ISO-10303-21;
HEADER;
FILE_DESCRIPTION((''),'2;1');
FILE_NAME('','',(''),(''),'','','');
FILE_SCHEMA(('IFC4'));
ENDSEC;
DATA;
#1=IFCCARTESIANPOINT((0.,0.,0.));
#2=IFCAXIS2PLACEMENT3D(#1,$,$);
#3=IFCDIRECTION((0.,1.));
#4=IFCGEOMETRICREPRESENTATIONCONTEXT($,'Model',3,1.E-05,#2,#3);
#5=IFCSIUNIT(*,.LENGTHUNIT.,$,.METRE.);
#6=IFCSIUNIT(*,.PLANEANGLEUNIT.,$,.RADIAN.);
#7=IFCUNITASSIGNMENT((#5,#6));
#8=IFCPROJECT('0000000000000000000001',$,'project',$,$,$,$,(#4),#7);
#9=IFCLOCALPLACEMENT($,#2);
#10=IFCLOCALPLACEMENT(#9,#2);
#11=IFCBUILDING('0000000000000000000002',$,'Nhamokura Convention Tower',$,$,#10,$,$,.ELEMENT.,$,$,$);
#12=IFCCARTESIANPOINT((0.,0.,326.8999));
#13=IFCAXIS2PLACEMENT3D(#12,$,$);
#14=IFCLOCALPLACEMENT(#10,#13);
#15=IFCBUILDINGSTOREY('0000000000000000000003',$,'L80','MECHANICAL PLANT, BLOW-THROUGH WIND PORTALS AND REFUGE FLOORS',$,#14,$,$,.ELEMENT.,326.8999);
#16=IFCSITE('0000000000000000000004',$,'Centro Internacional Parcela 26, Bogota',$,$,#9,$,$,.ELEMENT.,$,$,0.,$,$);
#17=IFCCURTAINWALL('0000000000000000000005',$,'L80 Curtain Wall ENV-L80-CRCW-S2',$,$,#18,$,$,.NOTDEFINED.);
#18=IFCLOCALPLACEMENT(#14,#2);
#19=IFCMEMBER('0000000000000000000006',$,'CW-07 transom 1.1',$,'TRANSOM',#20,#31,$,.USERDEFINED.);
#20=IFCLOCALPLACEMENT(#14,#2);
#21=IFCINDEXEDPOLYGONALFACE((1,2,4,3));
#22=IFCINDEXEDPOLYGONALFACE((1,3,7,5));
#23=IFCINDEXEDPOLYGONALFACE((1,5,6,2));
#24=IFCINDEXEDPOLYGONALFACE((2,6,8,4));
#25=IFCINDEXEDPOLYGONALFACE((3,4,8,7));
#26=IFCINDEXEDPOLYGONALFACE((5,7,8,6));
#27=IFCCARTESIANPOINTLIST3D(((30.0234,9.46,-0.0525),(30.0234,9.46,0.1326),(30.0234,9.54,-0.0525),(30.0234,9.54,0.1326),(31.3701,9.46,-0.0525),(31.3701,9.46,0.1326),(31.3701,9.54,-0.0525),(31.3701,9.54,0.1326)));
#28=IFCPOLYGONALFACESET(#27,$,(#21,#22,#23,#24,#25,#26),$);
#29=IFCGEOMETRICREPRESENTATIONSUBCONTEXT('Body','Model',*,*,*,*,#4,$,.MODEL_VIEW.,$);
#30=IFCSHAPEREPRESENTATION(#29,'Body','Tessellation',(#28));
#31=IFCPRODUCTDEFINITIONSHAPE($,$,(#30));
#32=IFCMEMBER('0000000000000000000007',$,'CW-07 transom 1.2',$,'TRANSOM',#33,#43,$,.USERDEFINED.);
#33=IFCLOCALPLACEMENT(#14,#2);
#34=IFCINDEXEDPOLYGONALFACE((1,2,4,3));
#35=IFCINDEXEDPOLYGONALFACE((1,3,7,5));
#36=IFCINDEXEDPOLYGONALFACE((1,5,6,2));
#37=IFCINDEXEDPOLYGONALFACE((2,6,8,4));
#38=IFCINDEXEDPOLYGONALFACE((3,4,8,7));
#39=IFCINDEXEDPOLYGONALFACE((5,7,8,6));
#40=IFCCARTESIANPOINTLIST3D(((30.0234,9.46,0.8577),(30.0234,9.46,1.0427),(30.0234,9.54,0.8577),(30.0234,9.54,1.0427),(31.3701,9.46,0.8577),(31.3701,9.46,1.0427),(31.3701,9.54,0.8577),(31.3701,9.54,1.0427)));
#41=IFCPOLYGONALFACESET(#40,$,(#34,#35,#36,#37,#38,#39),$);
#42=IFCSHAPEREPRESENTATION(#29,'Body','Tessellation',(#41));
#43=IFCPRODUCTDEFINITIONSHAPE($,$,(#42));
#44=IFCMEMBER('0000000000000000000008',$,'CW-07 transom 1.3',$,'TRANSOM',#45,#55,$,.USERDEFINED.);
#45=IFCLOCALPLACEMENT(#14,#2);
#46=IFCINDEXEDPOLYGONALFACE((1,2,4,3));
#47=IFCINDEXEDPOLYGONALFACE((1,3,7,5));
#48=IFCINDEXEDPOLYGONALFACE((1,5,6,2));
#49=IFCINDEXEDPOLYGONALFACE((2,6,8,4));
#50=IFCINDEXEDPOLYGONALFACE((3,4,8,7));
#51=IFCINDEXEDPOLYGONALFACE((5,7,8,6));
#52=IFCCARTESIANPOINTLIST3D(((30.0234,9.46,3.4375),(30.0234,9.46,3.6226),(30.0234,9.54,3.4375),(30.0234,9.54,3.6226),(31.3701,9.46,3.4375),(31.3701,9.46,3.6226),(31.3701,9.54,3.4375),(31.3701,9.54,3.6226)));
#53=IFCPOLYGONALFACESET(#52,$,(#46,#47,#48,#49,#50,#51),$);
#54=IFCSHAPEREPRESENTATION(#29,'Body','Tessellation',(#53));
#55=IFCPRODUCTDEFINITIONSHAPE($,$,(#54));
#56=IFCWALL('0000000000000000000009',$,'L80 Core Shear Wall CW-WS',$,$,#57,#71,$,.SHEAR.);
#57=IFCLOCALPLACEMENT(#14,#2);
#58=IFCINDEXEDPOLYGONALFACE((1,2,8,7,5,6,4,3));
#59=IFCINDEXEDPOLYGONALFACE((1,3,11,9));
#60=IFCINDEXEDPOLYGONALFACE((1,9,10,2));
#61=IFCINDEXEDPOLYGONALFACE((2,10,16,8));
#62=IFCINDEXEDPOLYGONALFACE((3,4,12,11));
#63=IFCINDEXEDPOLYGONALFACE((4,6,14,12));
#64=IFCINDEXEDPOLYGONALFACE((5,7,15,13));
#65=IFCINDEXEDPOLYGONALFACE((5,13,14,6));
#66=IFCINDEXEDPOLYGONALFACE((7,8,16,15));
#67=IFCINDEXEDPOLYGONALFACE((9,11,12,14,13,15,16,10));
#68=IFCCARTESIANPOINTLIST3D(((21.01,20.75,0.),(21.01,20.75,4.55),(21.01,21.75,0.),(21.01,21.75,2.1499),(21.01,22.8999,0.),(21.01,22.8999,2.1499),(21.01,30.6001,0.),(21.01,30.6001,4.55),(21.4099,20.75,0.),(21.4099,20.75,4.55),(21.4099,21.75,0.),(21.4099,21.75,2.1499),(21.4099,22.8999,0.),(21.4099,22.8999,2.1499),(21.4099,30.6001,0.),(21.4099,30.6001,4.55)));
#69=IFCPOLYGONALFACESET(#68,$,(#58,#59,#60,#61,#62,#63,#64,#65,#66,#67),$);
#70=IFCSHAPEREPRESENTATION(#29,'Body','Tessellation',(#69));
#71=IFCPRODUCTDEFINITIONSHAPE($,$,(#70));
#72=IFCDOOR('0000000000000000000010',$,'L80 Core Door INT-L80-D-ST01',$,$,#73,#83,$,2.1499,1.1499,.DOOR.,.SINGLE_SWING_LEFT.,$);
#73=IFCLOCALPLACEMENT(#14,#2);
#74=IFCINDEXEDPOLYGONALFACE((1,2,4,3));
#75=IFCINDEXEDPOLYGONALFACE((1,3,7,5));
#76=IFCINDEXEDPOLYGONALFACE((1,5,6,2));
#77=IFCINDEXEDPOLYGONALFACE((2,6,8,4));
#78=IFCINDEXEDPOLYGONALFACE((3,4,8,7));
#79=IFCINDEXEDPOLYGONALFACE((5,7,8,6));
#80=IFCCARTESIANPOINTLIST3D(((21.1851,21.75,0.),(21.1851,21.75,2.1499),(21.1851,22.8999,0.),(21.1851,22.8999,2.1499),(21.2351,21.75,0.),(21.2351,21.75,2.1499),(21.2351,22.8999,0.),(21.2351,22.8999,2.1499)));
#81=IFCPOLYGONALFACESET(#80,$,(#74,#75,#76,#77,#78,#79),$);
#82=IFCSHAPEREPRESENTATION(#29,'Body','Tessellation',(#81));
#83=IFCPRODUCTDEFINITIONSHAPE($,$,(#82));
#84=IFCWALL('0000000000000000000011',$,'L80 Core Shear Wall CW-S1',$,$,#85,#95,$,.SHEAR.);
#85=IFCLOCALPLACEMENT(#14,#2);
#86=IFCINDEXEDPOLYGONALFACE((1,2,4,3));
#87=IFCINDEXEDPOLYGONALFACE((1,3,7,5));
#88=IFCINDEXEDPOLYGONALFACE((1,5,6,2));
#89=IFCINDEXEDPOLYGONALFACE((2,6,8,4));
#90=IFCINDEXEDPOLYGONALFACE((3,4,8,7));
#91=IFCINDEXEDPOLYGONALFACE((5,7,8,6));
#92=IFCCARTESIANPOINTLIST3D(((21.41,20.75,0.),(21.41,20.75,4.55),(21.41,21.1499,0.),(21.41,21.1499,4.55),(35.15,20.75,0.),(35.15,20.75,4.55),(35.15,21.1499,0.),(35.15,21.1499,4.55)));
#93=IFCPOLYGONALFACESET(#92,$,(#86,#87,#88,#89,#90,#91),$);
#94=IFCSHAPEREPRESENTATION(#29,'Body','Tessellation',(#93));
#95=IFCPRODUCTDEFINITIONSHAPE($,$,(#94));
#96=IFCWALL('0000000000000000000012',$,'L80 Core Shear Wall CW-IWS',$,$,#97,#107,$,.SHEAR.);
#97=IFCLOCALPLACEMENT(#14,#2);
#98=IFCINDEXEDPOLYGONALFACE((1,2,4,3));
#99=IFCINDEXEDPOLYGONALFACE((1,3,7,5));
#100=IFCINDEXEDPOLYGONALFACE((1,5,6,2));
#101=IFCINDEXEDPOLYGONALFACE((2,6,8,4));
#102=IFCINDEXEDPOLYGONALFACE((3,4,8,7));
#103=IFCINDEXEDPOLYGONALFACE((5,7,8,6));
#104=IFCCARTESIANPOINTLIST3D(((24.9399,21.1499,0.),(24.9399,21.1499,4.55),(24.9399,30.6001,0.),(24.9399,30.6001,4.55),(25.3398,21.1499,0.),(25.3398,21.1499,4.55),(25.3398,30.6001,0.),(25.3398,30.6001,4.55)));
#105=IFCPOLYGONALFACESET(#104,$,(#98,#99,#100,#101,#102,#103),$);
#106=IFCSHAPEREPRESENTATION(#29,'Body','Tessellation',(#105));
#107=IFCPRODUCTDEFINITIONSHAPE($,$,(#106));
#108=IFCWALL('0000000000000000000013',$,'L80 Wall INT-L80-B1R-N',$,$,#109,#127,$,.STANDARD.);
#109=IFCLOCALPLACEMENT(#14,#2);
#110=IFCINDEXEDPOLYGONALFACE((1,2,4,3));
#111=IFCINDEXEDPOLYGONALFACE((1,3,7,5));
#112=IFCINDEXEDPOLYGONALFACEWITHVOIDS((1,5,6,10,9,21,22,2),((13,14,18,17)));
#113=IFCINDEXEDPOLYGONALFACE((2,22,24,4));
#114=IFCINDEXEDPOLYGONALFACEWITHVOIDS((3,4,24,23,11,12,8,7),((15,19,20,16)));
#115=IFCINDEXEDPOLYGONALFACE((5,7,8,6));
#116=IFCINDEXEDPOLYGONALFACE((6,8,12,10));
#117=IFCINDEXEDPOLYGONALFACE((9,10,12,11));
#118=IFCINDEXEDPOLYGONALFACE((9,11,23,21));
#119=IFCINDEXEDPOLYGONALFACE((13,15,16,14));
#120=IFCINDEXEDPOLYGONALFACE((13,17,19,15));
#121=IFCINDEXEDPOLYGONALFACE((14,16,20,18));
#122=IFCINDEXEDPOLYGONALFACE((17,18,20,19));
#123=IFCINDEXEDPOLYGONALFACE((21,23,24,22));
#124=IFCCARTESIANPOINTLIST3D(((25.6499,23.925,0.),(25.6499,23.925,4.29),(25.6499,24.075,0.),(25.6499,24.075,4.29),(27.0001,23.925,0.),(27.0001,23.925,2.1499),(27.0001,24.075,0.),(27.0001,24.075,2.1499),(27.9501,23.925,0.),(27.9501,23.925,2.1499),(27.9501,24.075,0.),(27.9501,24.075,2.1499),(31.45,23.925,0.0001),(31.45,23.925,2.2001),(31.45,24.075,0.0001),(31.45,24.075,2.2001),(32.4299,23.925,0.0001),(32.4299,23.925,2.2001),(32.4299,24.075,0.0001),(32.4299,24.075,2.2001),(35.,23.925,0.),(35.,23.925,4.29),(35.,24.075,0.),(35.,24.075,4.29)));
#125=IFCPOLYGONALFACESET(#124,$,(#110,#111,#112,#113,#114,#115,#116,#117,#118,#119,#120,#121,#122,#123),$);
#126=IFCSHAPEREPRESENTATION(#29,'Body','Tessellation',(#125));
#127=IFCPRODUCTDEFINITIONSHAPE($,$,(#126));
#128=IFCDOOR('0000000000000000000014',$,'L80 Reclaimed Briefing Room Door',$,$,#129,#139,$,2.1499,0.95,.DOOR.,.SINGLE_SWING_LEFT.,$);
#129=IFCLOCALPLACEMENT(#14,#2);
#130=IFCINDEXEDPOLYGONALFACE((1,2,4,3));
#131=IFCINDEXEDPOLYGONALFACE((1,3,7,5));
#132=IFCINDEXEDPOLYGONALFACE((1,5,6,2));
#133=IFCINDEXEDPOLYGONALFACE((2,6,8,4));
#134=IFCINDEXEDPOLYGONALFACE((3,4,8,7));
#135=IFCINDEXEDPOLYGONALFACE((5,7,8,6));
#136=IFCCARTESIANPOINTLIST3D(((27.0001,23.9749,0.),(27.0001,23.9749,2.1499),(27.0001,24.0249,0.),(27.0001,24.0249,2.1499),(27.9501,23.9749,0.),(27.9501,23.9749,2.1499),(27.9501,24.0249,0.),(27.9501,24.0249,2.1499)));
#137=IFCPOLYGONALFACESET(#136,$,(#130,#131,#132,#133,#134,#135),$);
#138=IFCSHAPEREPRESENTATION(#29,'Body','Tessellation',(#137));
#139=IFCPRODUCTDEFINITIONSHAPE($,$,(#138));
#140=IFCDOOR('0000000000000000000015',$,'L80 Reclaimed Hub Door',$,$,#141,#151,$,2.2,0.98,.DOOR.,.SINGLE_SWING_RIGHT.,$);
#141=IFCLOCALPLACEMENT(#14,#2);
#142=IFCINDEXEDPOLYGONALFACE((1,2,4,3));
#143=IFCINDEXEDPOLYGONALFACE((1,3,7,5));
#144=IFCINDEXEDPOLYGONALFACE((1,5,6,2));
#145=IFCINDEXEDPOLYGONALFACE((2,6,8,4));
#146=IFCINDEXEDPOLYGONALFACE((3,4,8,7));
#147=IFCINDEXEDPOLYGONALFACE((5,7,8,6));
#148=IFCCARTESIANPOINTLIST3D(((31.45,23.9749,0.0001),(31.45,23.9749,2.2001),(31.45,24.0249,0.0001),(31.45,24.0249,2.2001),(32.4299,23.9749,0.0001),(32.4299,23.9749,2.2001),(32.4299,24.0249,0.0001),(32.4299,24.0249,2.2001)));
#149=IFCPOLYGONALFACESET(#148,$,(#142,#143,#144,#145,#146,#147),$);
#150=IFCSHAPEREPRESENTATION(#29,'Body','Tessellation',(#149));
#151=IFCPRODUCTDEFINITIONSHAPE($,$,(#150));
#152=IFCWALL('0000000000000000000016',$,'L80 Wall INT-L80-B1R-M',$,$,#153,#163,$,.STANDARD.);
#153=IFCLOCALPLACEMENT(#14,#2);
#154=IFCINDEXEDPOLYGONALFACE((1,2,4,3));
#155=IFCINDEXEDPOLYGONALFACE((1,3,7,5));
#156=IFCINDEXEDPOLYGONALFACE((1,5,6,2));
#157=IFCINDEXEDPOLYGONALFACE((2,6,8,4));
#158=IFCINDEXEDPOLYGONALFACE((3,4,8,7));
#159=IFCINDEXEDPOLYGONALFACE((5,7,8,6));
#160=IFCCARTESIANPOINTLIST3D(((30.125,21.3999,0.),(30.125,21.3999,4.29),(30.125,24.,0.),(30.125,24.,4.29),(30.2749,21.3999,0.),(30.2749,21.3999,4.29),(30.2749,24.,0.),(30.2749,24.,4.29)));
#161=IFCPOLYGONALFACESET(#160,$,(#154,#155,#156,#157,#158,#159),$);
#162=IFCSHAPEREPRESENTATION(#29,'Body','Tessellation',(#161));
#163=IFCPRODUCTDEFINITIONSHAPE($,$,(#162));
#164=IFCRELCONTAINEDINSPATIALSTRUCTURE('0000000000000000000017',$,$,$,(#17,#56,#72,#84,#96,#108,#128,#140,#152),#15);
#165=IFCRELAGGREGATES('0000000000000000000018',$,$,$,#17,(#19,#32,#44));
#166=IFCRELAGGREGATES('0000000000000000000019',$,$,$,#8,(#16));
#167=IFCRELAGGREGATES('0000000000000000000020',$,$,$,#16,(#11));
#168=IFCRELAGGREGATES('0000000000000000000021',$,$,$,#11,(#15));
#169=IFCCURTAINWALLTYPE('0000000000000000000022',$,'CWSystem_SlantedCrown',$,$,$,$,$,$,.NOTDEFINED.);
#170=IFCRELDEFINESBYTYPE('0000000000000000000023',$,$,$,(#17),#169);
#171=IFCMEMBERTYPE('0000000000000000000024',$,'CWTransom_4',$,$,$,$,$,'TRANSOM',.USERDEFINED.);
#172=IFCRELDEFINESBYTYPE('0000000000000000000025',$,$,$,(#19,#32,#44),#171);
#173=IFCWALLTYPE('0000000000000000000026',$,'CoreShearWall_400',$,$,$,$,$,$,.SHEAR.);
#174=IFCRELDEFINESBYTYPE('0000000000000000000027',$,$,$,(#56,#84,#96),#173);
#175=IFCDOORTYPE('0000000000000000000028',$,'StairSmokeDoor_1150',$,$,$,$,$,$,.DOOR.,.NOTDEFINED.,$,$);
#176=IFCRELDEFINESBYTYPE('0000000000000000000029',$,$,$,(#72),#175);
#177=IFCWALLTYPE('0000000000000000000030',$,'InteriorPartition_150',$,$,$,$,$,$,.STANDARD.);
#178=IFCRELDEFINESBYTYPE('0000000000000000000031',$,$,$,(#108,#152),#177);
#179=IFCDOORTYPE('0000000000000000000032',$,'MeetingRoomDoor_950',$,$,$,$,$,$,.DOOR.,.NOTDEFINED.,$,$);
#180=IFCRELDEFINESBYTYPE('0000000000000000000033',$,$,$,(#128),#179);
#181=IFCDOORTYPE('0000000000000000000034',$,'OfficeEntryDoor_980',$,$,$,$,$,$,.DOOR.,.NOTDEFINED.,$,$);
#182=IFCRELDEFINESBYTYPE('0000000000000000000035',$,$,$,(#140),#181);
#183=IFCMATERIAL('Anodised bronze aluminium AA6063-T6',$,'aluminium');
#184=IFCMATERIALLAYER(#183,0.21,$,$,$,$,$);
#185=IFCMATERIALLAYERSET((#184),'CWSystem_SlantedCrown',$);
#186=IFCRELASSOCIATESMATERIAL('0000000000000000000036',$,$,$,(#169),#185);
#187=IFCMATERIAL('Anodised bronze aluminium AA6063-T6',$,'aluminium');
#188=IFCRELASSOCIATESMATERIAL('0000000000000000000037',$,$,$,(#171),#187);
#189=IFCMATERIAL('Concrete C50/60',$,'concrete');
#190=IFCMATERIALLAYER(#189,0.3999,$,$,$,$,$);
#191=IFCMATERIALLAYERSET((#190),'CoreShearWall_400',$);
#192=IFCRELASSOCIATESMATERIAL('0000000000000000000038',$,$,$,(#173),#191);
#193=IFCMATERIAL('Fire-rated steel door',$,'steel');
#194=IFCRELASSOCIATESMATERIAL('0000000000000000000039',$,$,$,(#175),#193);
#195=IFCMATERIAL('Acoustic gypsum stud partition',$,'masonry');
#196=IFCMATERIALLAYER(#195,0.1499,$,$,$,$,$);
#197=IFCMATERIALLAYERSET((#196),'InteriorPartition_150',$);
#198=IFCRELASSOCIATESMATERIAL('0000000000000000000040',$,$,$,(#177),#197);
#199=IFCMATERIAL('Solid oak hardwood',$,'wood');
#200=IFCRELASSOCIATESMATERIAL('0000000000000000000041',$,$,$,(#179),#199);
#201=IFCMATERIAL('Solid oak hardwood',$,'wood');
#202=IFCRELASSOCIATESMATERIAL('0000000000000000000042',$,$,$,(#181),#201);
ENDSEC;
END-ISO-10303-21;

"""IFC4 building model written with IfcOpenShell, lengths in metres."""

from ifc_helpers import new_model, si_unit, direction, frame, frame_2d, origin, origin_2d, place, context, subcontext, project, spatial, rectangle, extrude, material, layer, layer_set, material_profile, profile_set, type_object, element, fill, aggregate, save


model = new_model("IFC4")

# Units and contexts
model_context = context("Model", 3, precision=1e-05, world=origin(), true_north=direction((0.0, 1.0)))
body_context = subcontext(model_context, "Body", "Model", "MODEL_VIEW")
ifc_project = project(units=[si_unit("LENGTHUNIT", "METRE"), si_unit("PLANEANGLEUNIT", "RADIAN")], contexts=[model_context])

# Site, building, storey
site_placement = place(None, origin())
site = spatial("IfcSite", under=ifc_project, at=site_placement, Name="Centro Internacional Parcela 26, Bogota", CompositionType="ELEMENT", RefElevation=0.0)
building_placement = place(site_placement, origin())
building = spatial("IfcBuilding", under=site, at=building_placement, Name="Nhamokura Convention Tower", CompositionType="ELEMENT")
storey_placement = place(building_placement, frame((0.0, 0.0, 326.8999)))
storey = spatial("IfcBuildingStorey", under=building, at=storey_placement, Name="L80", Description="MECHANICAL PLANT, BLOW-THROUGH WIND PORTALS AND REFUGE FLOORS", CompositionType="ELEMENT", Elevation=326.8999)

# Curtain wall, members
ifc_material_1 = material(Name="Anodised bronze aluminium AA6063-T6", Category="aluminium")
ifc_layer_1 = layer(ifc_material_1, 0.21)
ifc_layer_set_1 = layer_set([ifc_layer_1], Name="CWSystem_SlantedCrown")
curtain_wall_type = type_object("IfcCurtainWallType", Name="CWSystem_SlantedCrown", PredefinedType="NOTDEFINED", material=ifc_layer_set_1)
curtain_wall_placement = place(storey_placement, origin())
curtain_wall = element("IfcCurtainWall", 1, at=curtain_wall_placement, inside=storey, type_object=curtain_wall_type, Name="L80 Curtain Wall ENV-L80-CRCW-S2", PredefinedType="NOTDEFINED")
ifc_material_2 = material(Name="Anodised bronze aluminium AA6063-T6", Category="aluminium")
ifc_material_profile = material_profile(ifc_material_2, rectangle(XDim=0.0801, YDim=0.1851, at=origin_2d()))
ifc_profile_set = profile_set([ifc_material_profile], Name="Anodised bronze aluminium AA6063-T6")
member_type = type_object("IfcMemberType", Name="CWTransom_4", ElementType="TRANSOM", PredefinedType="USERDEFINED", material=ifc_profile_set)
member_1_placement = place(storey_placement, frame((31.3701, 9.5, 0.04), z_axis=(-1.0, 0.0, 0.0), x_axis=(0.0, -1.0, 0.0)))
member_1 = element("IfcMember", 2, at=member_1_placement, type_object=member_type, Name="CW-07 transom 1.1", ObjectType="TRANSOM", PredefinedType="USERDEFINED", context=body_context, shape_type="SweptSolid", body=[
    extrude(rectangle(XDim=0.0801, YDim=0.1851, at=origin_2d()), origin(), (0.0, 0.0, 1.0), 1.3467),
])
member_2_placement = place(storey_placement, frame((31.3701, 9.5, 0.9502), z_axis=(-1.0, 0.0, 0.0), x_axis=(0.0, -1.0, 0.0)))
member_2 = element("IfcMember", 3, at=member_2_placement, type_object=member_type, Name="CW-07 transom 1.2", ObjectType="TRANSOM", PredefinedType="USERDEFINED", context=body_context, shape_type="SweptSolid", body=[
    extrude(rectangle(XDim=0.0801, YDim=0.1851, at=origin_2d()), origin(), (0.0, 0.0, 1.0), 1.3467),
])
member_3_placement = place(storey_placement, frame((31.3701, 9.5, 3.53), z_axis=(-1.0, 0.0, 0.0), x_axis=(0.0, -1.0, 0.0)))
member_3 = element("IfcMember", 4, at=member_3_placement, type_object=member_type, Name="CW-07 transom 1.3", ObjectType="TRANSOM", PredefinedType="USERDEFINED", context=body_context, shape_type="SweptSolid", body=[
    extrude(rectangle(XDim=0.0801, YDim=0.1851, at=origin_2d()), origin(), (0.0, 0.0, 1.0), 1.3467),
])
aggregate(curtain_wall, [member_1, member_2, member_3])

# Wall, opening, door
ifc_material_3 = material(Name="Concrete C50/60", Category="concrete")
ifc_layer_2 = layer(ifc_material_3, 0.3999)
ifc_layer_set_2 = layer_set([ifc_layer_2], Name="CoreShearWall_400")
wall_type_1 = type_object("IfcWallType", Name="CoreShearWall_400", PredefinedType="SHEAR", material=ifc_layer_set_2)
wall_1_placement = place(storey_placement, frame((21.21, 20.75, 0.0), z_axis=(0.0, 0.0, 1.0), x_axis=(0.0, 1.0, 0.0)))
wall_1 = element("IfcWall", 5, at=wall_1_placement, inside=storey, type_object=wall_type_1, Name="L80 Core Shear Wall CW-WS", PredefinedType="SHEAR", context=body_context, shape_type="SweptSolid", body=[
    extrude(rectangle(XDim=9.8501, YDim=0.3999, at=frame_2d((4.925, 0.0))), origin(), (0.0, 0.0, 1.0), 4.55),
])
opening_1_placement = place(wall_1_placement, frame((1.0, 0.0, 0.0)))
opening_1 = element("IfcOpeningElement", 6, at=opening_1_placement, cuts=wall_1, PredefinedType="OPENING", context=body_context, shape_type="SweptSolid", body=[
    extrude(rectangle(XDim=1.1499, YDim=2.1499, at=frame_2d((0.575, 1.075))), frame((0.0, 0.21, 0.0), z_axis=(0.0, -1.0, 0.0), x_axis=(1.0, 0.0, 0.0)), (0.0, 0.0, 1.0), 0.4199),
])
ifc_material_4 = material(Name="Fire-rated steel door", Category="steel")
door_type_1 = type_object("IfcDoorType", Name="StairSmokeDoor_1150", OperationType="NOTDEFINED", PredefinedType="DOOR", material=ifc_material_4)
door_1_placement = place(opening_1_placement, origin())
door_1 = element("IfcDoor", 7, at=door_1_placement, inside=storey, type_object=door_type_1, Name="L80 Core Door INT-L80-D-ST01", OperationType="SINGLE_SWING_LEFT", OverallHeight=2.1499, OverallWidth=1.1499, PredefinedType="DOOR", context=body_context, shape_type="SweptSolid", body=[
    extrude(rectangle(XDim=1.1499, YDim=2.1499, at=frame_2d((0.575, 1.075))), frame((0.0, 0.0249, 0.0), z_axis=(0.0, -1.0, 0.0), x_axis=(1.0, 0.0, 0.0)), (0.0, 0.0, 1.0), 0.05),
])
fill(opening_1, door_1)

# Walls
wall_2_placement = place(storey_placement, frame((21.4099, 20.95, 0.0), z_axis=(0.0, 0.0, 1.0), x_axis=(1.0, 0.0, 0.0)))
element("IfcWall", 8, at=wall_2_placement, inside=storey, type_object=wall_type_1, Name="L80 Core Shear Wall CW-S1", PredefinedType="SHEAR", context=body_context, shape_type="SweptSolid", body=[
    extrude(rectangle(XDim=13.74, YDim=0.3999, at=frame_2d((6.8701, 0.0))), origin(), (0.0, 0.0, 1.0), 4.55),
])
wall_3_placement = place(storey_placement, frame((25.1399, 21.1499, 0.0), z_axis=(0.0, 0.0, 1.0), x_axis=(0.0, 1.0, 0.0)))
element("IfcWall", 9, at=wall_3_placement, inside=storey, type_object=wall_type_1, Name="L80 Core Shear Wall CW-IWS", PredefinedType="SHEAR", context=body_context, shape_type="SweptSolid", body=[
    extrude(rectangle(XDim=9.4502, YDim=0.3999, at=frame_2d((4.7251, 0.0))), origin(), (0.0, 0.0, 1.0), 4.55),
])

# Wall, openings, doors
ifc_material_5 = material(Name="Acoustic gypsum stud partition", Category="masonry")
ifc_layer_3 = layer(ifc_material_5, 0.1499)
ifc_layer_set_3 = layer_set([ifc_layer_3], Name="InteriorPartition_150")
wall_type_2 = type_object("IfcWallType", Name="InteriorPartition_150", PredefinedType="STANDARD", material=ifc_layer_set_3)
wall_4_placement = place(storey_placement, frame((25.6499, 24.0, 0.0), z_axis=(0.0, 0.0, 1.0), x_axis=(1.0, 0.0, 0.0)))
wall_4 = element("IfcWall", 10, at=wall_4_placement, inside=storey, type_object=wall_type_2, Name="L80 Wall INT-L80-B1R-N", PredefinedType="STANDARD", context=body_context, shape_type="SweptSolid", body=[
    extrude(rectangle(XDim=9.3501, YDim=0.1499, at=frame_2d((4.675, 0.0))), origin(), (0.0, 0.0, 1.0), 4.29),
])
opening_2_placement = place(wall_4_placement, frame((1.3501, 0.0, 0.0)))
opening_2 = element("IfcOpeningElement", 11, at=opening_2_placement, cuts=wall_4, PredefinedType="OPENING", context=body_context, shape_type="SweptSolid", body=[
    extrude(rectangle(XDim=0.95, YDim=2.1499, at=frame_2d((0.4751, 1.075))), frame((0.0, 0.085, 0.0), z_axis=(0.0, -1.0, 0.0), x_axis=(1.0, 0.0, 0.0)), (0.0, 0.0, 1.0), 0.1699),
])
opening_3_placement = place(wall_4_placement, frame((5.8, 0.0, 0.0)))
opening_3 = element("IfcOpeningElement", 12, at=opening_3_placement, cuts=wall_4, PredefinedType="OPENING", context=body_context, shape_type="SweptSolid", body=[
    extrude(rectangle(XDim=0.98, YDim=2.2, at=frame_2d((0.49, 1.1001))), frame((0.0, 0.085, 0.0), z_axis=(0.0, -1.0, 0.0), x_axis=(1.0, 0.0, 0.0)), (0.0, 0.0, 1.0), 0.1699),
])
ifc_material_6 = material(Name="Solid oak hardwood", Category="wood")
door_type_2 = type_object("IfcDoorType", Name="MeetingRoomDoor_950", OperationType="NOTDEFINED", PredefinedType="DOOR", material=ifc_material_6)
door_2_placement = place(opening_2_placement, origin())
door_2 = element("IfcDoor", 13, at=door_2_placement, inside=storey, type_object=door_type_2, Name="L80 Reclaimed Briefing Room Door", OperationType="SINGLE_SWING_LEFT", OverallHeight=2.1499, OverallWidth=0.95, PredefinedType="DOOR", context=body_context, shape_type="SweptSolid", body=[
    extrude(rectangle(XDim=0.95, YDim=2.1499, at=frame_2d((0.4751, 1.075))), frame((0.0, 0.0249, 0.0), z_axis=(0.0, -1.0, 0.0), x_axis=(1.0, 0.0, 0.0)), (0.0, 0.0, 1.0), 0.05),
])
fill(opening_2, door_2)
ifc_material_7 = material(Name="Solid oak hardwood", Category="wood")
door_type_3 = type_object("IfcDoorType", Name="OfficeEntryDoor_980", OperationType="NOTDEFINED", PredefinedType="DOOR", material=ifc_material_7)
door_3_placement = place(opening_3_placement, origin())
door_3 = element("IfcDoor", 14, at=door_3_placement, inside=storey, type_object=door_type_3, Name="L80 Reclaimed Hub Door", OperationType="SINGLE_SWING_RIGHT", OverallHeight=2.2, OverallWidth=0.98, PredefinedType="DOOR", context=body_context, shape_type="SweptSolid", body=[
    extrude(rectangle(XDim=0.98, YDim=2.2, at=frame_2d((0.49, 1.1001))), frame((0.0, 0.0249, 0.0), z_axis=(0.0, -1.0, 0.0), x_axis=(1.0, 0.0, 0.0)), (0.0, 0.0, 1.0), 0.05),
])
fill(opening_3, door_3)

# Wall
wall_5_placement = place(storey_placement, frame((30.2, 21.3999, 0.0), z_axis=(0.0, 0.0, 1.0), x_axis=(0.0, 1.0, 0.0)))
element("IfcWall", 15, at=wall_5_placement, inside=storey, type_object=wall_type_2, Name="L80 Wall INT-L80-B1R-M", PredefinedType="STANDARD", context=body_context, shape_type="SweptSolid", body=[
    extrude(rectangle(XDim=2.6001, YDim=0.1499, at=frame_2d((1.3, 0.0))), origin(), (0.0, 0.0, 1.0), 4.29),
])

save(model, "model.ifc")
